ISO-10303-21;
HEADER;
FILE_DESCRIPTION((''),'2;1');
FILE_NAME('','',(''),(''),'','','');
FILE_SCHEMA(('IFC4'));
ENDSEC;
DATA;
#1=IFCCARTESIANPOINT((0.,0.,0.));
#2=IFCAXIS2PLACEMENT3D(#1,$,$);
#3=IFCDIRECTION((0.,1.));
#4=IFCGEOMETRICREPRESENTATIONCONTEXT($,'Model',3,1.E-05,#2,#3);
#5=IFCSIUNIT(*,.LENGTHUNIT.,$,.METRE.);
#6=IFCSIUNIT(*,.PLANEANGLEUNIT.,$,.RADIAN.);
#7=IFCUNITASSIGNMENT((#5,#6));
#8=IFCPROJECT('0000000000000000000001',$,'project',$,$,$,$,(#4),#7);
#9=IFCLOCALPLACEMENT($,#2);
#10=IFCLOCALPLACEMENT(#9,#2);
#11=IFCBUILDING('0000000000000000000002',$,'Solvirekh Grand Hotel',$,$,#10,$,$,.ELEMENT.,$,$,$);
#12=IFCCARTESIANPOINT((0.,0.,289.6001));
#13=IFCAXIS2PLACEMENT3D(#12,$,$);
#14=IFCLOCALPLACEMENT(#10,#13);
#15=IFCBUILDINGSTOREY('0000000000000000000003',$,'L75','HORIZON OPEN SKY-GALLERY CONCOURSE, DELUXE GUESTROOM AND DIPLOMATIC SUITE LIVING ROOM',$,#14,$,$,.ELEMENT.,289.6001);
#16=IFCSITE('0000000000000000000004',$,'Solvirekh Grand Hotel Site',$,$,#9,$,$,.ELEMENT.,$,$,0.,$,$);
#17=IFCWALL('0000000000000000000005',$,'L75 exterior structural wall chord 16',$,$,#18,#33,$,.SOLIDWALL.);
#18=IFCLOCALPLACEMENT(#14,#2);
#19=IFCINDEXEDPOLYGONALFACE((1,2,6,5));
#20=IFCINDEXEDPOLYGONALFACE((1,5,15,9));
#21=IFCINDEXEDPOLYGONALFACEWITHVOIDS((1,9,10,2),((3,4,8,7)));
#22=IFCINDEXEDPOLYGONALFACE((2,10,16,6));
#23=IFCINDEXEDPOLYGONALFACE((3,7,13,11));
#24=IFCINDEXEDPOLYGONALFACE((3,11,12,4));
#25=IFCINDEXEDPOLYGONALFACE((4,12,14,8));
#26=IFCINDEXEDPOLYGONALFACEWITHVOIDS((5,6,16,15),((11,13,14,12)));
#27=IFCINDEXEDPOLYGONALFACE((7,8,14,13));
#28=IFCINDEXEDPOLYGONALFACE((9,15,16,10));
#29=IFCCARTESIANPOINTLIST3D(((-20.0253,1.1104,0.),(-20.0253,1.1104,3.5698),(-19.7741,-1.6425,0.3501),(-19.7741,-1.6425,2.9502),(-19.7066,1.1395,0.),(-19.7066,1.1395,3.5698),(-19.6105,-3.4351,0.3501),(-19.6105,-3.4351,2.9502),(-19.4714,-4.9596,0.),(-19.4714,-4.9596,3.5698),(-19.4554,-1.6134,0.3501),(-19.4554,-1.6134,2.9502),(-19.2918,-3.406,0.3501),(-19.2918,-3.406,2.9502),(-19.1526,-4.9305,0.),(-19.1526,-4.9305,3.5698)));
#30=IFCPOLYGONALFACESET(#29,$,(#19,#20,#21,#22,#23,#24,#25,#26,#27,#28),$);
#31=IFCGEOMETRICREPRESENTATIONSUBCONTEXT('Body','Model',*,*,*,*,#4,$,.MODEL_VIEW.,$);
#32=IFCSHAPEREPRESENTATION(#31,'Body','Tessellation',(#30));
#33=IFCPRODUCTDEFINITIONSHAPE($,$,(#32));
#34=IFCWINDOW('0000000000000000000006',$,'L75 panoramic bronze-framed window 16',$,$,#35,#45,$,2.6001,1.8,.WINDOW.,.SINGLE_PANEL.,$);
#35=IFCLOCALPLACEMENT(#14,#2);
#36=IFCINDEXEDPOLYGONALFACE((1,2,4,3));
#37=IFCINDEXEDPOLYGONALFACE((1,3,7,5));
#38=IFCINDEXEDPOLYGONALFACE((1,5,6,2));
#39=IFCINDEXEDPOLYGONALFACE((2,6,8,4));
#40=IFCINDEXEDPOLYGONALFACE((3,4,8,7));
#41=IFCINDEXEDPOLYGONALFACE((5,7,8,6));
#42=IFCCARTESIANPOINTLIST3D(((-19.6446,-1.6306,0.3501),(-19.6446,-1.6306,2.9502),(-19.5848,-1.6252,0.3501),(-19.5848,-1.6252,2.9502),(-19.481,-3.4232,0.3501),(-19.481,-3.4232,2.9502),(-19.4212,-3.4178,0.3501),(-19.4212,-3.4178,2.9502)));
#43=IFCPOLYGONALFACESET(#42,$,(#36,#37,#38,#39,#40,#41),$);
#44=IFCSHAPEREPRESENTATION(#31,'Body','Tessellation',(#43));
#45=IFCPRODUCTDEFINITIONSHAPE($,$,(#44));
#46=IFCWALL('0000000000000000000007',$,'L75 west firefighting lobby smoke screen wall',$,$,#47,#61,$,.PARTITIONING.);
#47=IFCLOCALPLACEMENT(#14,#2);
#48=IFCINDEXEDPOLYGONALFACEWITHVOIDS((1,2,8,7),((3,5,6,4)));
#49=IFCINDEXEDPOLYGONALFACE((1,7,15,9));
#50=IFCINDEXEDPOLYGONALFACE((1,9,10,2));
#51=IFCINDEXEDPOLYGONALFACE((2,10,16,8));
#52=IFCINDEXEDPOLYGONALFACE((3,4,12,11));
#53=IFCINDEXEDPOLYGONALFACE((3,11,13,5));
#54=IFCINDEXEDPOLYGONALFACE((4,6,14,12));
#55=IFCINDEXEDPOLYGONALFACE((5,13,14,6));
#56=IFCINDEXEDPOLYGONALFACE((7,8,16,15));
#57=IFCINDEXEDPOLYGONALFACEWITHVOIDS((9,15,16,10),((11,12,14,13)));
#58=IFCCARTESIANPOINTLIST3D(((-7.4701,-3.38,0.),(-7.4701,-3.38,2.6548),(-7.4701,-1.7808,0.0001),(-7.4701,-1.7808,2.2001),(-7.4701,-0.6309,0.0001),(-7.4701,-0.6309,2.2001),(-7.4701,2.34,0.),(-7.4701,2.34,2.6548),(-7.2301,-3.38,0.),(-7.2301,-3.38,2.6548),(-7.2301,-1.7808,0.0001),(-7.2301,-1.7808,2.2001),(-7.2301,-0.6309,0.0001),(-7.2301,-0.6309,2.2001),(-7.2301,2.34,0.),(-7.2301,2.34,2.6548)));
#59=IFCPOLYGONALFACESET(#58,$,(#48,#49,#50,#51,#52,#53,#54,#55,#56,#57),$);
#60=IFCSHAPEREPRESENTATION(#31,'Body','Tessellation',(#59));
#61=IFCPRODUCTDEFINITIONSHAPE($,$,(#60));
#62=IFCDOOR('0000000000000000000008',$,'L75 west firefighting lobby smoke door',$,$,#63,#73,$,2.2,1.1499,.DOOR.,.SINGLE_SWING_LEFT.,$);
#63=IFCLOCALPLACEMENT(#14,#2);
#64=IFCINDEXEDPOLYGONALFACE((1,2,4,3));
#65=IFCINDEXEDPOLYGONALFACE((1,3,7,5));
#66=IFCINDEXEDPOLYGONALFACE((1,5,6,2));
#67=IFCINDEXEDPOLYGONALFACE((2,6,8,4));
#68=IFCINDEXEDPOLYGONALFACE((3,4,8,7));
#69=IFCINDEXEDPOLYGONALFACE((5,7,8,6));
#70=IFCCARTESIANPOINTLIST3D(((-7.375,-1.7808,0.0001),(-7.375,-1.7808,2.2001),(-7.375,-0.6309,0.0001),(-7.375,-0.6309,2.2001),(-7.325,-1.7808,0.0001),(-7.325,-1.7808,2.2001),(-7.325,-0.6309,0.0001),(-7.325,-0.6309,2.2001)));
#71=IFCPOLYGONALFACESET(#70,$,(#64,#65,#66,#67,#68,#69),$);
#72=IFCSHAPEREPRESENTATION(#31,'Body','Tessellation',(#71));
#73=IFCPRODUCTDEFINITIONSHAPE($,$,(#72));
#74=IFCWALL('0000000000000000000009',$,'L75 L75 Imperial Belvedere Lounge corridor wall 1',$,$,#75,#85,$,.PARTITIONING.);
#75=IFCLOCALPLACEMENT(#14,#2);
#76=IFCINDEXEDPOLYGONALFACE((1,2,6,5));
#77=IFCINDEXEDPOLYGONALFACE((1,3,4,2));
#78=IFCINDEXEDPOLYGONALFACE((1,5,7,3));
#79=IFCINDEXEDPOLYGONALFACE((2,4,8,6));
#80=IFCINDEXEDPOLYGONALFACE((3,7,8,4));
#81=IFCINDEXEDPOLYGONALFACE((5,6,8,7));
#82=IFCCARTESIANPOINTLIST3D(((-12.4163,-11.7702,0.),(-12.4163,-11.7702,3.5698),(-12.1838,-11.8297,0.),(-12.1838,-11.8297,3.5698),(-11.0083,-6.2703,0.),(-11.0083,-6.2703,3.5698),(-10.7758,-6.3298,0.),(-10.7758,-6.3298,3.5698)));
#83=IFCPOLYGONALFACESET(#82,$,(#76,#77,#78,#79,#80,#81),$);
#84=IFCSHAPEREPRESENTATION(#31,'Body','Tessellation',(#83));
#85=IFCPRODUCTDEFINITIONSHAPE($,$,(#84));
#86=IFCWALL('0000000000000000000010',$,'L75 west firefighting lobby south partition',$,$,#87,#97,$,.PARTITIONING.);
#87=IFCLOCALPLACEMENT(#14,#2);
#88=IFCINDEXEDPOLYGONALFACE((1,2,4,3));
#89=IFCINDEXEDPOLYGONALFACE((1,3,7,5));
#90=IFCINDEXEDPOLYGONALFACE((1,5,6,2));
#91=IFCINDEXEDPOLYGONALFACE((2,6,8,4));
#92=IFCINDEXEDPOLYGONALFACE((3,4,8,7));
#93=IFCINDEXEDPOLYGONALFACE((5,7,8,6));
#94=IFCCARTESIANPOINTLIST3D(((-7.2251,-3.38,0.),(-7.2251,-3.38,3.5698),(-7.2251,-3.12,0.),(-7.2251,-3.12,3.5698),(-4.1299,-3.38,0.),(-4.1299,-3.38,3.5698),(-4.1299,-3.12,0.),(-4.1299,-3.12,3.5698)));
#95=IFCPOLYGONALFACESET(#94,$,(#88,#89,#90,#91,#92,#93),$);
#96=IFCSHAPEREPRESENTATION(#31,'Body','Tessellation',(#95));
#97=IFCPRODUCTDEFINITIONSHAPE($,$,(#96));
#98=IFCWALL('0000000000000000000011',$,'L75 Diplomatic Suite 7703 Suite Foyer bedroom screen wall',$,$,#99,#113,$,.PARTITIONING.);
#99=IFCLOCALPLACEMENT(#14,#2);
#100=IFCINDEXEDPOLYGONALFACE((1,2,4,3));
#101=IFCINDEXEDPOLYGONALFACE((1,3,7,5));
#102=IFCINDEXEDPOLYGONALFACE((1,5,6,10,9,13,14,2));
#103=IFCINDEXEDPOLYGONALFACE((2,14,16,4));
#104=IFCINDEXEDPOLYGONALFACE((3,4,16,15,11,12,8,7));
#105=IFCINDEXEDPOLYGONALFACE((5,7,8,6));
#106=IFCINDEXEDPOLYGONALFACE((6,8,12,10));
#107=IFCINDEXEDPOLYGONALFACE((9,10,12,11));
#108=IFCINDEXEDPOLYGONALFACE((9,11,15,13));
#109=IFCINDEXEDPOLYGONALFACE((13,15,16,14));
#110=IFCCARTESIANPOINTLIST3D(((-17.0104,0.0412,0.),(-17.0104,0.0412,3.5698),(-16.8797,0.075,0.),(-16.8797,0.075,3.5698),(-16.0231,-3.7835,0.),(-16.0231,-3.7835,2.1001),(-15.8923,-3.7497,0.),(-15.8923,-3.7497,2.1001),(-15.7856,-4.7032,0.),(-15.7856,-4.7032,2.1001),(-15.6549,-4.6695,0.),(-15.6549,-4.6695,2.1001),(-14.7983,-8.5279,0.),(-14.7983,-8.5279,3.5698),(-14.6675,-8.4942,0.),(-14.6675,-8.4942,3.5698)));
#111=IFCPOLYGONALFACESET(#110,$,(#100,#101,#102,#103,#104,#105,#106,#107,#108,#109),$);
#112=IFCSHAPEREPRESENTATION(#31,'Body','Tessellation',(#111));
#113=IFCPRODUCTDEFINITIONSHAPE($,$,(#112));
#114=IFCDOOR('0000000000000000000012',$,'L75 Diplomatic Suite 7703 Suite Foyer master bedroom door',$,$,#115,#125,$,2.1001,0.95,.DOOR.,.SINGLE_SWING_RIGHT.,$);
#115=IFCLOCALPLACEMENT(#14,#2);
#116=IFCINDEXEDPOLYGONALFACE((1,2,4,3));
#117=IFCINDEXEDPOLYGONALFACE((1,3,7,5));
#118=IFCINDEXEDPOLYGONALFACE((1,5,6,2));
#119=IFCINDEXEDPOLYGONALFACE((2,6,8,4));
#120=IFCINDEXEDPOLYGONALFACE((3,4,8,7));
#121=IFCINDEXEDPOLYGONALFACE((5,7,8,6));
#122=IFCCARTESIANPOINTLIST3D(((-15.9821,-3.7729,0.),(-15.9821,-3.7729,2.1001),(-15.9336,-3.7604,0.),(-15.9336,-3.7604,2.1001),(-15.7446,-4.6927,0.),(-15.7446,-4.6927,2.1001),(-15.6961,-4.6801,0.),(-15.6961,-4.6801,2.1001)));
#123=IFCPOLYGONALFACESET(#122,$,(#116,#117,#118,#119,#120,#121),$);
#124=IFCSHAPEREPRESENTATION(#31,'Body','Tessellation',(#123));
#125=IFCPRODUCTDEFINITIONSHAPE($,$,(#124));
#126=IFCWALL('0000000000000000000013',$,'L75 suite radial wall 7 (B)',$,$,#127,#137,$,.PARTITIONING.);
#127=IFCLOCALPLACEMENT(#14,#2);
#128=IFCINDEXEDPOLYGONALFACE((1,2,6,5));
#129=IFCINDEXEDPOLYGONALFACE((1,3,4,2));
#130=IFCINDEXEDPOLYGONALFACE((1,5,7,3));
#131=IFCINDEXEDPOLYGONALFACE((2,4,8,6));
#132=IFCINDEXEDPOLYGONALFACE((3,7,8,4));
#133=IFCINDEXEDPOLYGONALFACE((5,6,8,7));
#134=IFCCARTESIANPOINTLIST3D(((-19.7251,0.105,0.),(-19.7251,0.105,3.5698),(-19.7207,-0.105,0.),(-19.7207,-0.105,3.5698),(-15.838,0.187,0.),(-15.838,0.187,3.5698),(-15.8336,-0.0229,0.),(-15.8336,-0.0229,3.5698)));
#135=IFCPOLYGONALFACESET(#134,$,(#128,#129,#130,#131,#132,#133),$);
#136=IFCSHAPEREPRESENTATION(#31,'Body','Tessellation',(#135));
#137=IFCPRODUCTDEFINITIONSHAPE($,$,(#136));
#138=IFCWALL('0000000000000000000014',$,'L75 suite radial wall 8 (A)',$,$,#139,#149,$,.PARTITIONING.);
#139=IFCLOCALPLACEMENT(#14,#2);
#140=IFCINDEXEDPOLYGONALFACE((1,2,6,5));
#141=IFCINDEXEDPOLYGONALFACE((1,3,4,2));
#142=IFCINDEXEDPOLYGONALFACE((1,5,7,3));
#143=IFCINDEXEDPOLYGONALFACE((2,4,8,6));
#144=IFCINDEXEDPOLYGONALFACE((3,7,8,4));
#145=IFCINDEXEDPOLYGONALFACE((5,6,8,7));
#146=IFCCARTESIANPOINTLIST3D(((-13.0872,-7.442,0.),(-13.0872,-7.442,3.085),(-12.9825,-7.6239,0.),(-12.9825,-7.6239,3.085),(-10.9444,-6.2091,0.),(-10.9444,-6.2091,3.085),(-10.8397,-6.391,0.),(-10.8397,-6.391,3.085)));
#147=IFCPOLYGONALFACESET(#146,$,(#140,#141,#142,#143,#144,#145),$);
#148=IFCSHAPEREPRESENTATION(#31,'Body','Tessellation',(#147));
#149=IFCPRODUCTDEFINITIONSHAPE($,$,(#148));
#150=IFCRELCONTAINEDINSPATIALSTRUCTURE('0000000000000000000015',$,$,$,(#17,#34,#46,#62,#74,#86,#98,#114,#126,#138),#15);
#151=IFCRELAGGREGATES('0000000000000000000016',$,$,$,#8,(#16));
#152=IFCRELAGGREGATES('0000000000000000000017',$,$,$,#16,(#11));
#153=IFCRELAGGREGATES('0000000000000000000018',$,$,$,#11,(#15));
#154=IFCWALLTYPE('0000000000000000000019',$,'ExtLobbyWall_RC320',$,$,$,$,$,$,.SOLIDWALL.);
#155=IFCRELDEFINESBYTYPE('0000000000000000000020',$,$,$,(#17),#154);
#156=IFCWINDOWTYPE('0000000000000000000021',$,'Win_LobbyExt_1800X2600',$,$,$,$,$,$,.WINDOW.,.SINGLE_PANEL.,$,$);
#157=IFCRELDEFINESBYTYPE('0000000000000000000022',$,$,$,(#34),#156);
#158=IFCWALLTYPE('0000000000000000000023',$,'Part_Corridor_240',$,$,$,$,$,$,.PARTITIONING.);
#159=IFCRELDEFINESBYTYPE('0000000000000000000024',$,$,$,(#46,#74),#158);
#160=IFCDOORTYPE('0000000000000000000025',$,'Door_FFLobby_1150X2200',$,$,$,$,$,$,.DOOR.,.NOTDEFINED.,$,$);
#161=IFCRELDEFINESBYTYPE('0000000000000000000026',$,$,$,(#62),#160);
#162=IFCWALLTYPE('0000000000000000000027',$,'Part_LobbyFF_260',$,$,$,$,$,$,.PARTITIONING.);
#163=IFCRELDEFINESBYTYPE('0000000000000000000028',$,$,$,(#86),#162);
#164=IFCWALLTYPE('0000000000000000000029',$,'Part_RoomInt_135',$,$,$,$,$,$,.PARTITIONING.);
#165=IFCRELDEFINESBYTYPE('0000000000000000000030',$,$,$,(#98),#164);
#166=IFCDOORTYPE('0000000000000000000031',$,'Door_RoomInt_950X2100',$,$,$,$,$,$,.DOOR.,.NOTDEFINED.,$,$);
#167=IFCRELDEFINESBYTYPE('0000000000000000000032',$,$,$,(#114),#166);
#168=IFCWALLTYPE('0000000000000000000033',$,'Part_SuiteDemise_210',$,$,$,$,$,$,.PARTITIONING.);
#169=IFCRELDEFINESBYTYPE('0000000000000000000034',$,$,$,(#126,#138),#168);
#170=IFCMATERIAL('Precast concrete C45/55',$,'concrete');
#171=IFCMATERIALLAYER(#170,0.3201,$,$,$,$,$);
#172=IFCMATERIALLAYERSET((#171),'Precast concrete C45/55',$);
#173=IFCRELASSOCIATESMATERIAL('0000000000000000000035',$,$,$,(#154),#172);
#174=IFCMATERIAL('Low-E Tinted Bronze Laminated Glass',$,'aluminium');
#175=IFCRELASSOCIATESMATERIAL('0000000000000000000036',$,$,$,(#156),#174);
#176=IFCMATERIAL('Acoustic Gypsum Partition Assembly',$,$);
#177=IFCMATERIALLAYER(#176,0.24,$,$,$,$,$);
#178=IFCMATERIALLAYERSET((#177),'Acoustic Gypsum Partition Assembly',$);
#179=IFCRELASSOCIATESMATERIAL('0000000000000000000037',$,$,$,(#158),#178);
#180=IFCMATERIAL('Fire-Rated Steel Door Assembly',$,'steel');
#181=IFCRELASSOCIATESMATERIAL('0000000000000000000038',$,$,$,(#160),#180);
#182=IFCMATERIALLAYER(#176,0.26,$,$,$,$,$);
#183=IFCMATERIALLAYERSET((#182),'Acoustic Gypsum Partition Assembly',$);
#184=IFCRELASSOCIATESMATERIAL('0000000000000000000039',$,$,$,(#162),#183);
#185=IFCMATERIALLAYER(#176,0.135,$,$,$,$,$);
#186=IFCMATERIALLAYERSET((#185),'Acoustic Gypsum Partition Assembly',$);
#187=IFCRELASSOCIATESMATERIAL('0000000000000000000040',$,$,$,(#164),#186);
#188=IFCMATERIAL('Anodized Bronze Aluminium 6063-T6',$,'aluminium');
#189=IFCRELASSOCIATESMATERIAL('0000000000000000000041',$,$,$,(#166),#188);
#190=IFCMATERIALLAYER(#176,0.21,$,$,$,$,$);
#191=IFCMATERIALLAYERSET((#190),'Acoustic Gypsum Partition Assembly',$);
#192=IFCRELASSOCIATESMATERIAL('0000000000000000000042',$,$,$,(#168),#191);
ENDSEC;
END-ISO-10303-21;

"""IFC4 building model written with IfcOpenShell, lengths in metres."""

from ifc_helpers import new_model, si_unit, direction, frame, frame_2d, origin, place, context, subcontext, project, spatial, rectangle, extrude, material, layer, layer_set, type_object, element, fill, save


model = new_model("IFC4")

# Units and contexts
model_context = context("Model", 3, precision=1e-05, world=origin(), true_north=direction((0.0, 1.0)))
body_context = subcontext(model_context, "Body", "Model", "MODEL_VIEW")
ifc_project = project(units=[si_unit("LENGTHUNIT", "METRE"), si_unit("PLANEANGLEUNIT", "RADIAN")], contexts=[model_context])

# Site, building, storey
site_placement = place(None, origin())
site = spatial("IfcSite", under=ifc_project, at=site_placement, Name="Solvirekh Grand Hotel Site", CompositionType="ELEMENT", RefElevation=0.0)
building_placement = place(site_placement, origin())
building = spatial("IfcBuilding", under=site, at=building_placement, Name="Solvirekh Grand Hotel", CompositionType="ELEMENT")
storey_placement = place(building_placement, frame((0.0, 0.0, 289.6001)))
storey = spatial("IfcBuildingStorey", under=building, at=storey_placement, Name="L75", Description="HORIZON OPEN SKY-GALLERY CONCOURSE, DELUXE GUESTROOM AND DIPLOMATIC SUITE LIVING ROOM", CompositionType="ELEMENT", Elevation=289.6001)

# Wall, opening, window
ifc_material_1 = material(Name="Precast concrete C45/55", Category="concrete")
ifc_layer_1 = layer(ifc_material_1, 0.3201)
ifc_layer_set_1 = layer_set([ifc_layer_1], Name="Precast concrete C45/55")
wall_type_1 = type_object("IfcWallType", Name="ExtLobbyWall_RC320", PredefinedType="SOLIDWALL", material=ifc_layer_set_1)
wall_1_placement = place(storey_placement, frame((-19.312, -4.9451, 0.0), z_axis=(0.0, 0.0, 1.0), x_axis=(-0.090882, 0.995862, 0.0)))
wall_1 = element("IfcWall", 1, at=wall_1_placement, inside=storey, type_object=wall_type_1, Name="L75 exterior structural wall chord 16", PredefinedType="SOLIDWALL", context=body_context, shape_type="SweptSolid", body=[
    extrude(rectangle(XDim=6.0952, YDim=0.3201, at=frame_2d((3.0476, 0.0))), origin(), (0.0, 0.0, 1.0), 3.5698),
])
opening_1_placement = place(wall_1_placement, frame((1.531, 0.0, 0.3501)))
opening_1 = element("IfcOpeningElement", 2, at=opening_1_placement, cuts=wall_1, PredefinedType="OPENING", context=body_context, shape_type="SweptSolid", body=[
    extrude(rectangle(XDim=1.8, YDim=2.6001, at=frame_2d((0.8999, 1.3))), frame((0.0, 0.1699, 0.0), z_axis=(0.0, -1.0, 0.0), x_axis=(1.0, 0.0, 0.0)), (0.0, 0.0, 1.0), 0.3401),
])
ifc_material_2 = material(Name="Low-E Tinted Bronze Laminated Glass", Category="aluminium")
window_type = type_object("IfcWindowType", Name="Win_LobbyExt_1800X2600", PartitioningType="SINGLE_PANEL", PredefinedType="WINDOW", material=ifc_material_2)
window_placement = place(opening_1_placement, origin())
window = element("IfcWindow", 3, at=window_placement, inside=storey, type_object=window_type, Name="L75 panoramic bronze-framed window 16", OverallHeight=2.6001, OverallWidth=1.8, PartitioningType="SINGLE_PANEL", PredefinedType="WINDOW", context=body_context, shape_type="SweptSolid", body=[
    extrude(rectangle(XDim=1.8, YDim=2.6001, at=frame_2d((0.8999, 1.3))), frame((0.0, 0.03, 0.0), z_axis=(0.0, -1.0, 0.0), x_axis=(1.0, 0.0, 0.0)), (0.0, 0.0, 1.0), 0.0601),
])
fill(opening_1, window)

# Wall, opening, door
ifc_material_3 = material(Name="Acoustic Gypsum Partition Assembly")
ifc_layer_2 = layer(ifc_material_3, 0.24)
ifc_layer_set_2 = layer_set([ifc_layer_2], Name="Acoustic Gypsum Partition Assembly")
wall_type_2 = type_object("IfcWallType", Name="Part_Corridor_240", PredefinedType="PARTITIONING", material=ifc_layer_set_2)
wall_2_placement = place(storey_placement, frame((-7.3501, -3.3799, 0.0), z_axis=(0.0, 0.0, 1.0), x_axis=(0.0, 1.0, 0.0)))
wall_2 = element("IfcWall", 4, at=wall_2_placement, inside=storey, type_object=wall_type_2, Name="L75 west firefighting lobby smoke screen wall", PredefinedType="PARTITIONING", context=body_context, shape_type="SweptSolid", body=[
    extrude(rectangle(XDim=5.72, YDim=0.24, at=frame_2d((2.8599, 0.0))), origin(), (0.0, 0.0, 1.0), 2.6548),
])
opening_2_placement = place(wall_2_placement, frame((1.5991, 0.0, 0.0)))
opening_2 = element("IfcOpeningElement", 5, at=opening_2_placement, cuts=wall_2, PredefinedType="OPENING", context=body_context, shape_type="SweptSolid", body=[
    extrude(rectangle(XDim=1.1499, YDim=2.2, at=frame_2d((0.575, 1.1001))), frame((0.0, 0.1299, 0.0), z_axis=(0.0, -1.0, 0.0), x_axis=(1.0, 0.0, 0.0)), (0.0, 0.0, 1.0), 0.26),
])
ifc_material_4 = material(Name="Fire-Rated Steel Door Assembly", Category="steel")
door_type_1 = type_object("IfcDoorType", Name="Door_FFLobby_1150X2200", OperationType="NOTDEFINED", PredefinedType="DOOR", material=ifc_material_4)
door_1_placement = place(opening_2_placement, origin())
door_1 = element("IfcDoor", 6, at=door_1_placement, inside=storey, type_object=door_type_1, Name="L75 west firefighting lobby smoke door", OperationType="SINGLE_SWING_LEFT", OverallHeight=2.2, OverallWidth=1.1499, PredefinedType="DOOR", context=body_context, shape_type="SweptSolid", body=[
    extrude(rectangle(XDim=1.1499, YDim=2.2, at=frame_2d((0.575, 1.1001))), frame((0.0, 0.0249, 0.0), z_axis=(0.0, -1.0, 0.0), x_axis=(1.0, 0.0, 0.0)), (0.0, 0.0, 1.0), 0.05),
])
fill(opening_2, door_1)

# Walls
wall_3_placement = place(storey_placement, frame((-10.8921, -6.3, 0.0), z_axis=(0.0, 0.0, 1.0), x_axis=(-0.247996, -0.968761, 0.0)))
element("IfcWall", 7, at=wall_3_placement, inside=storey, type_object=wall_type_2, Name="L75 L75 Imperial Belvedere Lounge corridor wall 1", PredefinedType="PARTITIONING", context=body_context, shape_type="SweptSolid", body=[
    extrude(rectangle(XDim=5.6772, YDim=0.24, at=frame_2d((2.8386, 0.0))), origin(), (0.0, 0.0, 1.0), 3.5698),
])
ifc_layer_3 = layer(ifc_material_3, 0.26)
ifc_layer_set_3 = layer_set([ifc_layer_3], Name="Acoustic Gypsum Partition Assembly")
wall_type_3 = type_object("IfcWallType", Name="Part_LobbyFF_260", PredefinedType="PARTITIONING", material=ifc_layer_set_3)
wall_4_placement = place(storey_placement, frame((-7.2251, -3.25, 0.0), z_axis=(0.0, 0.0, 1.0), x_axis=(1.0, 0.0, 0.0)))
element("IfcWall", 8, at=wall_4_placement, inside=storey, type_object=wall_type_3, Name="L75 west firefighting lobby south partition", PredefinedType="PARTITIONING", context=body_context, shape_type="SweptSolid", body=[
    extrude(rectangle(XDim=3.0952, YDim=0.26, at=frame_2d((1.5476, 0.0))), origin(), (0.0, 0.0, 1.0), 3.5698),
])

# Wall, opening, door
ifc_layer_4 = layer(ifc_material_3, 0.135)
ifc_layer_set_4 = layer_set([ifc_layer_4], Name="Acoustic Gypsum Partition Assembly")
wall_type_4 = type_object("IfcWallType", Name="Part_RoomInt_135", PredefinedType="PARTITIONING", material=ifc_layer_set_4)
wall_5_placement = place(storey_placement, frame((-16.9451, 0.0581, 0.0), z_axis=(0.0, 0.0, 1.0), x_axis=(0.249961, -0.968256, 0.0)))
wall_5 = element("IfcWall", 9, at=wall_5_placement, inside=storey, type_object=wall_type_4, Name="L75 Diplomatic Suite 7703 Suite Foyer bedroom screen wall", PredefinedType="PARTITIONING", context=body_context, shape_type="SweptSolid", body=[
    extrude(rectangle(XDim=8.8501, YDim=0.135, at=frame_2d((4.425, 0.0))), origin(), (0.0, 0.0, 1.0), 3.5698),
])
opening_3_placement = place(wall_5_placement, frame((3.95, 0.0, 0.0)))
opening_3 = element("IfcOpeningElement", 10, at=opening_3_placement, cuts=wall_5, PredefinedType="OPENING", context=body_context, shape_type="SweptSolid", body=[
    extrude(rectangle(XDim=0.95, YDim=2.1001, at=frame_2d((0.4751, 1.05))), frame((0.0, 0.0776, 0.0), z_axis=(0.0, -1.0, 0.0), x_axis=(1.0, 0.0, 0.0)), (0.0, 0.0, 1.0), 0.155),
])
ifc_material_5 = material(Name="Anodized Bronze Aluminium 6063-T6", Category="aluminium")
door_type_2 = type_object("IfcDoorType", Name="Door_RoomInt_950X2100", OperationType="NOTDEFINED", PredefinedType="DOOR", material=ifc_material_5)
door_2_placement = place(opening_3_placement, origin())
door_2 = element("IfcDoor", 11, at=door_2_placement, inside=storey, type_object=door_type_2, Name="L75 Diplomatic Suite 7703 Suite Foyer master bedroom door", OperationType="SINGLE_SWING_RIGHT", OverallHeight=2.1001, OverallWidth=0.95, PredefinedType="DOOR", context=body_context, shape_type="SweptSolid", body=[
    extrude(rectangle(XDim=0.95, YDim=2.1001, at=frame_2d((0.4751, 1.05))), frame((0.0, 0.0249, 0.0), z_axis=(0.0, -1.0, 0.0), x_axis=(1.0, 0.0, 0.0)), (0.0, 0.0, 1.0), 0.05),
])
fill(opening_3, door_2)

# Walls
ifc_layer_5 = layer(ifc_material_3, 0.21)
ifc_layer_set_5 = layer_set([ifc_layer_5], Name="Acoustic Gypsum Partition Assembly")
wall_type_5 = type_object("IfcWallType", Name="Part_SuiteDemise_210", PredefinedType="PARTITIONING", material=ifc_layer_set_5)
wall_6_placement = place(storey_placement, frame((-15.8359, 0.082, 0.0), z_axis=(0.0, 0.0, 1.0), x_axis=(-0.999777, -0.0211, 0.0)))
element("IfcWall", 12, at=wall_6_placement, inside=storey, type_object=wall_type_5, Name="L75 suite radial wall 7 (B)", PredefinedType="PARTITIONING", context=body_context, shape_type="SweptSolid", body=[
    extrude(rectangle(XDim=3.8879, YDim=0.21, at=frame_2d((1.9438, 0.0))), origin(), (0.0, 0.0, 1.0), 3.5698),
])
wall_7_placement = place(storey_placement, frame((-10.8921, -6.3, 0.0), z_axis=(0.0, 0.0, 1.0), x_axis=(-0.866769, -0.49871, 0.0)))
element("IfcWall", 13, at=wall_7_placement, inside=storey, type_object=wall_type_5, Name="L75 suite radial wall 8 (A)", PredefinedType="PARTITIONING", context=body_context, shape_type="SweptSolid", body=[
    extrude(rectangle(XDim=2.4722, YDim=0.21, at=frame_2d((1.2361, 0.0))), origin(), (0.0, 0.0, 1.0), 3.085),
])

save(model, "model.ifc")
